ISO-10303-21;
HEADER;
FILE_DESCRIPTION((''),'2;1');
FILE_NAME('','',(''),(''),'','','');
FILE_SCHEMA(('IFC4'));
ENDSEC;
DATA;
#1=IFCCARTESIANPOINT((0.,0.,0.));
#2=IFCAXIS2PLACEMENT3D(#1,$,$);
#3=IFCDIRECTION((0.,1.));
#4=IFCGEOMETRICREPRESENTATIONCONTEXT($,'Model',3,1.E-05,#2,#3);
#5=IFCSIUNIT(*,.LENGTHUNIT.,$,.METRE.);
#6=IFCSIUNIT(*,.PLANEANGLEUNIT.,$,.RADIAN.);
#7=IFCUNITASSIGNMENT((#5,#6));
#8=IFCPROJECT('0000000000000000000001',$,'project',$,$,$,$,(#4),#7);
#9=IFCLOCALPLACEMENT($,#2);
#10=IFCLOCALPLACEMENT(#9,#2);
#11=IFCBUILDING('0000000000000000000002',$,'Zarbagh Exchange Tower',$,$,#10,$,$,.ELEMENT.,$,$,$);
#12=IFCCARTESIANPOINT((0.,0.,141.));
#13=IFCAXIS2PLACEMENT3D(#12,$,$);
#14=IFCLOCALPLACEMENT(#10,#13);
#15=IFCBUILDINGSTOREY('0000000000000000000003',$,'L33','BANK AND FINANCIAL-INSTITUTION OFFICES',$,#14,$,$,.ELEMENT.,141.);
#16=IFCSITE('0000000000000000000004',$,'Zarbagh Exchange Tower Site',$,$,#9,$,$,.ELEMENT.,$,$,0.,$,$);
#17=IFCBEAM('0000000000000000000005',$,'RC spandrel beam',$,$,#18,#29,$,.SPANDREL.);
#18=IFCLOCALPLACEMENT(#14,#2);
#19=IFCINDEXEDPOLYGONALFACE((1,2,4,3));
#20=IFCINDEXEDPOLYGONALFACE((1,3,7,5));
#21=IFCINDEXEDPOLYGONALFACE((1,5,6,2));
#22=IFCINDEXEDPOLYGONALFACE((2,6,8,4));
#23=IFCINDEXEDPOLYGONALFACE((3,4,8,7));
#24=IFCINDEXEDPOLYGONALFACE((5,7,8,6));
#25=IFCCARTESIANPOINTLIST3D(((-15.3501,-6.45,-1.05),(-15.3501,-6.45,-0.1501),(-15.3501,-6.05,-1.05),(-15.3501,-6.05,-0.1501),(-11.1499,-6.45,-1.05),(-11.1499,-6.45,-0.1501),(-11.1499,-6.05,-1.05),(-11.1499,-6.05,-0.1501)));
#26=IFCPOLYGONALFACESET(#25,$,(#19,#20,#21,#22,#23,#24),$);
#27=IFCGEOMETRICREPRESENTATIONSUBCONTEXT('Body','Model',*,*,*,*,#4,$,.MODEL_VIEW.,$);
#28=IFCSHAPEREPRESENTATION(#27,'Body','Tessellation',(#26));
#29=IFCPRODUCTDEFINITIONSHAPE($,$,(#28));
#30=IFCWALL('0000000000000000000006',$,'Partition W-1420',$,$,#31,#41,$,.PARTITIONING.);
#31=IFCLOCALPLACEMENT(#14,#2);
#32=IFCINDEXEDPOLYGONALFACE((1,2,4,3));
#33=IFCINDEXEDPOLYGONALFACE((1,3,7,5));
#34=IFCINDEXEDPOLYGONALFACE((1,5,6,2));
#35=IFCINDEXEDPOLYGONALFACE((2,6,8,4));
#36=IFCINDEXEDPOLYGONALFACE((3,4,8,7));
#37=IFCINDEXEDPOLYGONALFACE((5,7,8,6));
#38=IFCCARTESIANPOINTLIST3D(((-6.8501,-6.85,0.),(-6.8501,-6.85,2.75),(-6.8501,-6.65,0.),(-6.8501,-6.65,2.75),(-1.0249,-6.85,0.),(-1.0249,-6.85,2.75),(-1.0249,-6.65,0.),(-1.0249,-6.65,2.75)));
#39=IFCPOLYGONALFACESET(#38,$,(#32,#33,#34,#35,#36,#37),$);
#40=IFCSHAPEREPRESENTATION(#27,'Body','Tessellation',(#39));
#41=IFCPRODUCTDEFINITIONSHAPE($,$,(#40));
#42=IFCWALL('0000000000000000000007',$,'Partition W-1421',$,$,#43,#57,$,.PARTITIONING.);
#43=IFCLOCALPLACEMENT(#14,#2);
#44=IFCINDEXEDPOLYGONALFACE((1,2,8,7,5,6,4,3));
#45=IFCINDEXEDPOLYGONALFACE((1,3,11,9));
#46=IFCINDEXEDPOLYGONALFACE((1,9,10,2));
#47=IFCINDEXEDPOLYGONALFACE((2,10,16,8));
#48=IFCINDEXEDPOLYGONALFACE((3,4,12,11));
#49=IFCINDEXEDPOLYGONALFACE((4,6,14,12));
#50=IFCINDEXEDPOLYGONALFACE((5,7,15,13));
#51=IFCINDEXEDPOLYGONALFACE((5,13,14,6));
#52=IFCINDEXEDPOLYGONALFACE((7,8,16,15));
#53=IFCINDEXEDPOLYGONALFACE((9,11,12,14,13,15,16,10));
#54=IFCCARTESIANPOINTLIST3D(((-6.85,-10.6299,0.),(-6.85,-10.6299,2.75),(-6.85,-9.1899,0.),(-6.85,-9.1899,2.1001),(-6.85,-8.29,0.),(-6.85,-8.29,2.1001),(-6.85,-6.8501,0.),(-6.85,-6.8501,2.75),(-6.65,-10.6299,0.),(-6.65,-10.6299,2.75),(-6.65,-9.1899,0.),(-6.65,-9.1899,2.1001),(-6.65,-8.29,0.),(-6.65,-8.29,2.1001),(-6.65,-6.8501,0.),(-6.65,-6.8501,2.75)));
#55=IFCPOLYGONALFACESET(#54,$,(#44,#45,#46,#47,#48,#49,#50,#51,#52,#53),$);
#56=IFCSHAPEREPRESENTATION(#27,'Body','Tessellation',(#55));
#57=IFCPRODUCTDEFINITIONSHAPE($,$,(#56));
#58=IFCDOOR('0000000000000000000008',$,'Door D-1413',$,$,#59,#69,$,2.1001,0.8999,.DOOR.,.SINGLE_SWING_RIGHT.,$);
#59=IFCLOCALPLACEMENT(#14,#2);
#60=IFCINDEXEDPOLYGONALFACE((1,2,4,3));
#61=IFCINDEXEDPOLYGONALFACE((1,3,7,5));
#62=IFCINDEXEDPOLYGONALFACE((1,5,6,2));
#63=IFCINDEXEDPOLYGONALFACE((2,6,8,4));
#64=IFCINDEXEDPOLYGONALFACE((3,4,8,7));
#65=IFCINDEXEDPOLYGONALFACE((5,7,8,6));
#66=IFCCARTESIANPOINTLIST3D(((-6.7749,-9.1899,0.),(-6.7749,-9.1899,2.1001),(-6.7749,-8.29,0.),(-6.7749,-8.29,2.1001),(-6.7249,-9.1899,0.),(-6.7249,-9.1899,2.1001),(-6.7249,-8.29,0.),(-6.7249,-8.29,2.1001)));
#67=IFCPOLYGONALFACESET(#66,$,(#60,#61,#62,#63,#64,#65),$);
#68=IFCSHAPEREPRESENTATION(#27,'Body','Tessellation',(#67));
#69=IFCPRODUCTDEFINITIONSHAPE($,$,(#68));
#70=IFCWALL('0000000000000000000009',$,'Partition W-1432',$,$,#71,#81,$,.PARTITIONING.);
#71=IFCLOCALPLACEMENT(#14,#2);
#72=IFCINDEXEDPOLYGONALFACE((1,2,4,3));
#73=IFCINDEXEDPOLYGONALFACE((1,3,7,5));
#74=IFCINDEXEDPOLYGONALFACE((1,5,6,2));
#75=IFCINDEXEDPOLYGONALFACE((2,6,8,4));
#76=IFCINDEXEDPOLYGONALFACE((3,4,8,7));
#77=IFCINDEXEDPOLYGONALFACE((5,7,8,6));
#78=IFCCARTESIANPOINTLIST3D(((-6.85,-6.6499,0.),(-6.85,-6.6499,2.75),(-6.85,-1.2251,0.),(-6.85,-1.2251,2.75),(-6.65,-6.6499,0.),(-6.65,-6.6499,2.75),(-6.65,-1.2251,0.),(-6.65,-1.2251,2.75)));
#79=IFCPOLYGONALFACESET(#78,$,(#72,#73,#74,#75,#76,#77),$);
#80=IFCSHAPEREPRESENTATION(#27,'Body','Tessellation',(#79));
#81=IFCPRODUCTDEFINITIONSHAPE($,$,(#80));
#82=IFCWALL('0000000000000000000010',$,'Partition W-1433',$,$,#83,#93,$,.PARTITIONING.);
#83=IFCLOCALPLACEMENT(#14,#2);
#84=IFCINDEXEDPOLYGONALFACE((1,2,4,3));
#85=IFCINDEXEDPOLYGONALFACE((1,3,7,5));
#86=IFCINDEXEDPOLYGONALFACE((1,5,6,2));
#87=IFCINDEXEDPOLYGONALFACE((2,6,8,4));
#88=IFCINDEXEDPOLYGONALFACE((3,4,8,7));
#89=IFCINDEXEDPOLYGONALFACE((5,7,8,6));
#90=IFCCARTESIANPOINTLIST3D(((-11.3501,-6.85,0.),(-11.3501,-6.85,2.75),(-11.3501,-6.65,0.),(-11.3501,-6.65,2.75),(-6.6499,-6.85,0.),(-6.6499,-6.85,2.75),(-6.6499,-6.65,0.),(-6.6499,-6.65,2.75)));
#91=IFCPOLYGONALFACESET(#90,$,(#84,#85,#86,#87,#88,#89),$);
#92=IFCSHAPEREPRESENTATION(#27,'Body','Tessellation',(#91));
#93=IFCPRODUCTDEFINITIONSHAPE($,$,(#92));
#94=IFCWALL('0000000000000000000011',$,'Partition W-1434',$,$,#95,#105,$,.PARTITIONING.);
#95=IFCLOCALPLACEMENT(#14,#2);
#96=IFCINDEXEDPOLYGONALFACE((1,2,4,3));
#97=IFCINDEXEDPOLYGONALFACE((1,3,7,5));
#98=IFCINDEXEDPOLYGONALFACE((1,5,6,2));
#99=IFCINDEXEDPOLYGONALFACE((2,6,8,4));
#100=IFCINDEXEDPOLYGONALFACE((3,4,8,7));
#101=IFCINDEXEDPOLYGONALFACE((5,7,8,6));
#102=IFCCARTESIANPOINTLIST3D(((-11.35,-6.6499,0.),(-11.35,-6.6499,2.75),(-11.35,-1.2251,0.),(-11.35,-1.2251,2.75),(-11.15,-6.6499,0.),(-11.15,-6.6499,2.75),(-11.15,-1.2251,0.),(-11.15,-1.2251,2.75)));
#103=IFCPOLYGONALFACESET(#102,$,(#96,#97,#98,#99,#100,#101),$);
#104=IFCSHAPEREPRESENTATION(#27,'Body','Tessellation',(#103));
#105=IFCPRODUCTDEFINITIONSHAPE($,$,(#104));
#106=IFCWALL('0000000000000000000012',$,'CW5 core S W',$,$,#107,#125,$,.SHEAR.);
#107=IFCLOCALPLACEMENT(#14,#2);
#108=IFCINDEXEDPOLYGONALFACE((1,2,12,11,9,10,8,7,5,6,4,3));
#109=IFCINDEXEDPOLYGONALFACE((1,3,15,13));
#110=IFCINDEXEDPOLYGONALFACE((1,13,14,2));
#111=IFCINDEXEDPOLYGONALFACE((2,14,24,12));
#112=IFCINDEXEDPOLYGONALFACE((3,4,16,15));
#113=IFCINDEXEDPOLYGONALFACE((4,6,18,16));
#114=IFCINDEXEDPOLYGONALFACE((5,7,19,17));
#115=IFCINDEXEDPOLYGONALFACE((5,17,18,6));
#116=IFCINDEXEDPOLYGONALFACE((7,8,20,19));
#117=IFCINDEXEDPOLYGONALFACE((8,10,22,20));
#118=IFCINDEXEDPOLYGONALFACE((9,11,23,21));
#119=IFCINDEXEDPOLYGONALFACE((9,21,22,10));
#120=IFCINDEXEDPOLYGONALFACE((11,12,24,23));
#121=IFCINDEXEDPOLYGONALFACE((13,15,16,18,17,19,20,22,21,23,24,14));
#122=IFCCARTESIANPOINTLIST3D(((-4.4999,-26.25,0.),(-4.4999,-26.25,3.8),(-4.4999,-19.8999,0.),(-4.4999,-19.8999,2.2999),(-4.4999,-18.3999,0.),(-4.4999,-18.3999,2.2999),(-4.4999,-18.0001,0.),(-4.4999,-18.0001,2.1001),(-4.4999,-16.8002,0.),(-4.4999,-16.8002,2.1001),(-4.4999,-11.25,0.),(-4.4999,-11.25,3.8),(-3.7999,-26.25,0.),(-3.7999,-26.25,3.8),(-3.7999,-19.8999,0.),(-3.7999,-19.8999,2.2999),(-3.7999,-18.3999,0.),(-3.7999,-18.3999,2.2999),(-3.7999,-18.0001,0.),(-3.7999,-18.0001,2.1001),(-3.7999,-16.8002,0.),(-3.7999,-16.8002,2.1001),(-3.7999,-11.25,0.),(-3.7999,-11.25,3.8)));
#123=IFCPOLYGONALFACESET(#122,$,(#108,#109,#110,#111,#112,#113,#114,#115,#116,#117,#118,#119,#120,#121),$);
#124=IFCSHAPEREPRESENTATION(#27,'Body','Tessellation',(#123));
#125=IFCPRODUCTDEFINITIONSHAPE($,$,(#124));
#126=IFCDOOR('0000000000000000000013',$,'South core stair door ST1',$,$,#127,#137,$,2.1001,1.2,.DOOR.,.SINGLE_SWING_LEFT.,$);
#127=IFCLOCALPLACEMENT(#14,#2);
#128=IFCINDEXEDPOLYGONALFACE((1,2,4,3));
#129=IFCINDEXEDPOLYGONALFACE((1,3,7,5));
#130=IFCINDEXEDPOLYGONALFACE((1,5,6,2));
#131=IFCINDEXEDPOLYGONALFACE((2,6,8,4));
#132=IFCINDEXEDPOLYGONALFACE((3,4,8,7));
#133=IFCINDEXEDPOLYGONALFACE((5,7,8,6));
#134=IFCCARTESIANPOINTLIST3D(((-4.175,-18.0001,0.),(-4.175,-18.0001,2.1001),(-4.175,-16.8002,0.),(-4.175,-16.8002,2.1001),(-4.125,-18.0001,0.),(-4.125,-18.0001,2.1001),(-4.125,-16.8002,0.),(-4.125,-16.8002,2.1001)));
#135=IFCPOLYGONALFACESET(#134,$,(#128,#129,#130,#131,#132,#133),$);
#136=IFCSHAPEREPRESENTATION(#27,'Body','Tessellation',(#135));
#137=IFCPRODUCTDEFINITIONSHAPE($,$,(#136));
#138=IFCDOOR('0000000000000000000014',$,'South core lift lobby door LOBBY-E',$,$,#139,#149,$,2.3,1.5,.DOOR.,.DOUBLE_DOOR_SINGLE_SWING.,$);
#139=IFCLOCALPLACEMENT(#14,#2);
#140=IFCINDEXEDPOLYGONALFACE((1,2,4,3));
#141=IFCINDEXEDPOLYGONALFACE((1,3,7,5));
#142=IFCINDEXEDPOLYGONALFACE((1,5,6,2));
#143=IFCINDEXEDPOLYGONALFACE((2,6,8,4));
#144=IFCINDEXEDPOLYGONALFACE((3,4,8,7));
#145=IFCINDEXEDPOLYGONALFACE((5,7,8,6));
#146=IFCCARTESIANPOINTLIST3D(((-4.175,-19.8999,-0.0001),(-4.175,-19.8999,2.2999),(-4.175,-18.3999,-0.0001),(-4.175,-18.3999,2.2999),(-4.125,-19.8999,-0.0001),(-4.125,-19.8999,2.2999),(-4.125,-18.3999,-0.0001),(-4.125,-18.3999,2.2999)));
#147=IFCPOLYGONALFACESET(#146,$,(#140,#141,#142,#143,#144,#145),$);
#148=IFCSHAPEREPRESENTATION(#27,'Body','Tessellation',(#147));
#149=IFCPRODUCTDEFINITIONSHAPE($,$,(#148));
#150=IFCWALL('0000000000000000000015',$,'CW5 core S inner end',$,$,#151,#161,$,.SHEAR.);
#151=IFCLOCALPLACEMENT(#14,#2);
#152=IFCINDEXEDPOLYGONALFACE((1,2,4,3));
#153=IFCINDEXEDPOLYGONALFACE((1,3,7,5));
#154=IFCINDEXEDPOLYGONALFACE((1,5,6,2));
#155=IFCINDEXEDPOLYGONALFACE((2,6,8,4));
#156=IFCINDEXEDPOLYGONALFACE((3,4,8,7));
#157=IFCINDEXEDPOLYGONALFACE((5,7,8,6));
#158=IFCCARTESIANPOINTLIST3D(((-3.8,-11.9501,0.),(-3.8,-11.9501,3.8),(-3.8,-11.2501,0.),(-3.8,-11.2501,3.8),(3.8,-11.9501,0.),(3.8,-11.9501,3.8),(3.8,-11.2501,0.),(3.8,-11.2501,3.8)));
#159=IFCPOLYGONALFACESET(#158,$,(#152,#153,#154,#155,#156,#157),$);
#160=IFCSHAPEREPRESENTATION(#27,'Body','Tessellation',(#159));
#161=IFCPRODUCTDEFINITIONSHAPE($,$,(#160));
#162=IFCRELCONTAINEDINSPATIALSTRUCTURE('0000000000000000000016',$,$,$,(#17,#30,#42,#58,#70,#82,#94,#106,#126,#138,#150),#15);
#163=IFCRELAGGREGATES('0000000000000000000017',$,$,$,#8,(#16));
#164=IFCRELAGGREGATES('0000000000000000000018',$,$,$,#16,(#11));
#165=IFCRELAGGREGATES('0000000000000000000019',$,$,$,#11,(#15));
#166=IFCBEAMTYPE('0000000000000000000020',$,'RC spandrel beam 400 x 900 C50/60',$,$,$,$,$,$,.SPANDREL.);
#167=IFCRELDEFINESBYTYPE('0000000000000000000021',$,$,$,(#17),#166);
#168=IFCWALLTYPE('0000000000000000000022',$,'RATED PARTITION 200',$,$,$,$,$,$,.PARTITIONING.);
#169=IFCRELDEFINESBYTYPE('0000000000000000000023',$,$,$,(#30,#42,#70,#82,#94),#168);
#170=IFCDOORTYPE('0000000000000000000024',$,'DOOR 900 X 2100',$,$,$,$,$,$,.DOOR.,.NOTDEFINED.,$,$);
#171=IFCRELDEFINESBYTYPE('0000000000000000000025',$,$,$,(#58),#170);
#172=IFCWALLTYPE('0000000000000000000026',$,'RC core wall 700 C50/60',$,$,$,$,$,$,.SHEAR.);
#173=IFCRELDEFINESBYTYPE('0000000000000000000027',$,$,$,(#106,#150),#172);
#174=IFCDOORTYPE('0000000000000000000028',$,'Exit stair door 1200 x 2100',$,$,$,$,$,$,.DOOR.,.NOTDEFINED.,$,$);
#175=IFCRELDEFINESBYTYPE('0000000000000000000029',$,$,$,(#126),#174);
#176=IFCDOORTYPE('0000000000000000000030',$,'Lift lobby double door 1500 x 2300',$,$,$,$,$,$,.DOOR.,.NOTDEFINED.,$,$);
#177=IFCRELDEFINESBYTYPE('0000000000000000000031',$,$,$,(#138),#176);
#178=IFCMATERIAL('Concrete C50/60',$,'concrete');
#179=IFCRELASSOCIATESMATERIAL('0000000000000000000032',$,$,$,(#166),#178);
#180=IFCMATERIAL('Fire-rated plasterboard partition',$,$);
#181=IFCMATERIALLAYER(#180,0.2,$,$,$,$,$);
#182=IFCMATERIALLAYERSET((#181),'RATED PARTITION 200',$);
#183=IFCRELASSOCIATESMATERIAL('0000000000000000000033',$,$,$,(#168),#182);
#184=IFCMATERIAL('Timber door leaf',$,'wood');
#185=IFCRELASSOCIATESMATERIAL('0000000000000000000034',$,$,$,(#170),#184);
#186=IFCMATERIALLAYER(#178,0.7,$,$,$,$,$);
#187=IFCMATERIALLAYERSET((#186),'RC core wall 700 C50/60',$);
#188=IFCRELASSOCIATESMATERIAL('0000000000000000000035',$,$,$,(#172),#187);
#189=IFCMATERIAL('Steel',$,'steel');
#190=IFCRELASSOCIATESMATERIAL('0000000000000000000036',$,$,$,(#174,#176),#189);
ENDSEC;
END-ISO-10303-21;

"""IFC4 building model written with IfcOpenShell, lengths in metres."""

from ifc_helpers import new_model, si_unit, direction, frame, frame_2d, origin, origin_2d, place, context, subcontext, project, spatial, rectangle, extrude, material, layer, layer_set, material_profile, profile_set, type_object, element, fill, save


model = new_model("IFC4")

# Units and contexts
model_context = context("Model", 3, precision=1e-05, world=origin(), true_north=direction((0.0, 1.0)))
body_context = subcontext(model_context, "Body", "Model", "MODEL_VIEW")
ifc_project = project(units=[si_unit("LENGTHUNIT", "METRE"), si_unit("PLANEANGLEUNIT", "RADIAN")], contexts=[model_context])

# Site, building, storey
site_placement = place(None, origin())
site = spatial("IfcSite", under=ifc_project, at=site_placement, Name="Zarbagh Exchange Tower Site", CompositionType="ELEMENT", RefElevation=0.0)
building_placement = place(site_placement, origin())
building = spatial("IfcBuilding", under=site, at=building_placement, Name="Zarbagh Exchange Tower", CompositionType="ELEMENT")
storey_placement = place(building_placement, frame((0.0, 0.0, 141.0)))
storey = spatial("IfcBuildingStorey", under=building, at=storey_placement, Name="L33", Description="BANK AND FINANCIAL-INSTITUTION OFFICES", CompositionType="ELEMENT", Elevation=141.0)

# Shared definitions
ifc_material_1 = material(Name="Concrete C50/60", Category="concrete")

# Beam
ifc_material_profile_1 = material_profile(ifc_material_1, rectangle(XDim=0.3999, YDim=0.8999, at=origin_2d()), Name="RC spandrel beam 400 x 900 C50/60")
ifc_profile_set_1 = profile_set([ifc_material_profile_1], Name="Concrete C50/60")
beam_type = type_object("IfcBeamType", Name="RC spandrel beam 400 x 900 C50/60", PredefinedType="SPANDREL", material=ifc_profile_set_1)
beam_1_placement = place(storey_placement, frame((-11.1499, -6.25, -0.6001), z_axis=(-1.0, 0.0, 0.0), x_axis=(0.0, -1.0, 0.0)))
element("IfcBeam", 1, at=beam_1_placement, inside=storey, type_object=beam_type, Name="RC spandrel beam", PredefinedType="SPANDREL", context=body_context, shape_type="SweptSolid", body=[
    extrude(rectangle(XDim=0.3999, YDim=0.8999, at=origin_2d()), origin(), (0.0, 0.0, 1.0), 4.2002),
])

# Wall
ifc_material_2 = material(Name="Fire-rated plasterboard partition")
ifc_layer_1 = layer(ifc_material_2, 0.2)
ifc_layer_set_1 = layer_set([ifc_layer_1], Name="RATED PARTITION 200")
wall_type_1 = type_object("IfcWallType", Name="RATED PARTITION 200", PredefinedType="PARTITIONING", material=ifc_layer_set_1)
wall_1_placement = place(storey_placement, frame((-6.8501, -6.75, 0.0), z_axis=(0.0, 0.0, 1.0), x_axis=(1.0, 0.0, 0.0)))
element("IfcWall", 2, at=wall_1_placement, inside=storey, type_object=wall_type_1, Name="Partition W-1420", PredefinedType="PARTITIONING", context=body_context, shape_type="SweptSolid", body=[
    extrude(rectangle(XDim=5.8252, YDim=0.2, at=frame_2d((2.9126, 0.0))), origin(), (0.0, 0.0, 1.0), 2.75),
])

# Wall, opening, door
wall_2_placement = place(storey_placement, frame((-6.75, -10.6299, 0.0), z_axis=(0.0, 0.0, 1.0), x_axis=(0.0, 1.0, 0.0)))
wall_2 = element("IfcWall", 3, at=wall_2_placement, inside=storey, type_object=wall_type_1, Name="Partition W-1421", PredefinedType="PARTITIONING", context=body_context, shape_type="SweptSolid", body=[
    extrude(rectangle(XDim=3.7798, YDim=0.2, at=frame_2d((1.8899, 0.0))), origin(), (0.0, 0.0, 1.0), 2.75),
])
opening_1_placement = place(wall_2_placement, frame((1.4399, 0.0, 0.0)))
opening_1 = element("IfcOpeningElement", 4, at=opening_1_placement, cuts=wall_2, PredefinedType="OPENING", context=body_context, shape_type="SweptSolid", body=[
    extrude(rectangle(XDim=0.8999, YDim=2.1001, at=frame_2d((0.45, 1.05))), frame((0.0, 0.1099, 0.0), z_axis=(0.0, -1.0, 0.0), x_axis=(1.0, 0.0, 0.0)), (0.0, 0.0, 1.0), 0.22),
])
ifc_material_3 = material(Name="Timber door leaf", Category="wood")
door_type_1 = type_object("IfcDoorType", Name="DOOR 900 X 2100", OperationType="NOTDEFINED", PredefinedType="DOOR", material=ifc_material_3)
door_1_placement = place(opening_1_placement, origin())
door_1 = element("IfcDoor", 5, at=door_1_placement, inside=storey, type_object=door_type_1, Name="Door D-1413", OperationType="SINGLE_SWING_RIGHT", OverallHeight=2.1001, OverallWidth=0.8999, PredefinedType="DOOR", context=body_context, shape_type="SweptSolid", body=[
    extrude(rectangle(XDim=0.8999, YDim=2.1001, at=frame_2d((0.45, 1.05))), frame((0.0, 0.0249, 0.0), z_axis=(0.0, -1.0, 0.0), x_axis=(1.0, 0.0, 0.0)), (0.0, 0.0, 1.0), 0.05),
])
fill(opening_1, door_1)

# Walls
wall_3_placement = place(storey_placement, frame((-6.75, -6.6499, 0.0), z_axis=(0.0, 0.0, 1.0), x_axis=(0.0, 1.0, 0.0)))
element("IfcWall", 6, at=wall_3_placement, inside=storey, type_object=wall_type_1, Name="Partition W-1432", PredefinedType="PARTITIONING", context=body_context, shape_type="SweptSolid", body=[
    extrude(rectangle(XDim=5.4248, YDim=0.2, at=frame_2d((2.7124, 0.0))), origin(), (0.0, 0.0, 1.0), 2.75),
])
wall_4_placement = place(storey_placement, frame((-11.3501, -6.75, 0.0), z_axis=(0.0, 0.0, 1.0), x_axis=(1.0, 0.0, 0.0)))
element("IfcWall", 7, at=wall_4_placement, inside=storey, type_object=wall_type_1, Name="Partition W-1433", PredefinedType="PARTITIONING", context=body_context, shape_type="SweptSolid", body=[
    extrude(rectangle(XDim=4.7002, YDim=0.2, at=frame_2d((2.3501, 0.0))), origin(), (0.0, 0.0, 1.0), 2.75),
])
wall_5_placement = place(storey_placement, frame((-11.25, -6.6499, 0.0), z_axis=(0.0, 0.0, 1.0), x_axis=(0.0, 1.0, 0.0)))
element("IfcWall", 8, at=wall_5_placement, inside=storey, type_object=wall_type_1, Name="Partition W-1434", PredefinedType="PARTITIONING", context=body_context, shape_type="SweptSolid", body=[
    extrude(rectangle(XDim=5.4248, YDim=0.2, at=frame_2d((2.7124, 0.0))), origin(), (0.0, 0.0, 1.0), 2.75),
])

# Wall, openings, doors
ifc_layer_2 = layer(ifc_material_1, 0.7)
ifc_layer_set_2 = layer_set([ifc_layer_2], Name="RC core wall 700 C50/60")
wall_type_2 = type_object("IfcWallType", Name="RC core wall 700 C50/60", PredefinedType="SHEAR", material=ifc_layer_set_2)
wall_6_placement = place(storey_placement, frame((-4.1499, -11.25, 0.0), z_axis=(0.0, 0.0, 1.0), x_axis=(0.0, -1.0, 0.0)))
wall_6 = element("IfcWall", 9, at=wall_6_placement, inside=storey, type_object=wall_type_2, Name="CW5 core S W", PredefinedType="SHEAR", context=body_context, shape_type="SweptSolid", body=[
    extrude(rectangle(XDim=15.0, YDim=0.7, at=frame_2d((7.5, 0.0))), origin(), (0.0, 0.0, 1.0), 3.8),
])
opening_2_placement = place(wall_6_placement, frame((7.1499, 0.0, 0.0)))
opening_2 = element("IfcOpeningElement", 10, at=opening_2_placement, cuts=wall_6, PredefinedType="OPENING", context=body_context, shape_type="SweptSolid", body=[
    extrude(rectangle(XDim=1.5, YDim=2.3, at=frame_2d((0.75, 1.1499))), frame((0.0, 0.3599, 0.0), z_axis=(0.0, -1.0, 0.0), x_axis=(1.0, 0.0, 0.0)), (0.0, 0.0, 1.0), 0.72),
])
opening_3_placement = place(wall_6_placement, frame((5.55, 0.0, 0.0)))
opening_3 = element("IfcOpeningElement", 11, at=opening_3_placement, cuts=wall_6, PredefinedType="OPENING", context=body_context, shape_type="SweptSolid", body=[
    extrude(rectangle(XDim=1.2, YDim=2.1001, at=frame_2d((0.6001, 1.05))), frame((0.0, 0.3599, 0.0), z_axis=(0.0, -1.0, 0.0), x_axis=(1.0, 0.0, 0.0)), (0.0, 0.0, 1.0), 0.72),
])
ifc_material_4 = material(Name="Steel", Category="steel")
door_type_2 = type_object("IfcDoorType", Name="Exit stair door 1200 x 2100", OperationType="NOTDEFINED", PredefinedType="DOOR", material=ifc_material_4)
door_2_placement = place(opening_3_placement, origin())
door_2 = element("IfcDoor", 12, at=door_2_placement, inside=storey, type_object=door_type_2, Name="South core stair door ST1", OperationType="SINGLE_SWING_LEFT", OverallHeight=2.1001, OverallWidth=1.2, PredefinedType="DOOR", context=body_context, shape_type="SweptSolid", body=[
    extrude(rectangle(XDim=1.2, YDim=2.1001, at=frame_2d((0.6001, 1.05))), frame((0.0, 0.0249, 0.0), z_axis=(0.0, -1.0, 0.0), x_axis=(1.0, 0.0, 0.0)), (0.0, 0.0, 1.0), 0.05),
])
fill(opening_3, door_2)
door_type_3 = type_object("IfcDoorType", Name="Lift lobby double door 1500 x 2300", OperationType="NOTDEFINED", PredefinedType="DOOR", material=ifc_material_4)
door_3_placement = place(opening_2_placement, origin())
door_3 = element("IfcDoor", 13, at=door_3_placement, inside=storey, type_object=door_type_3, Name="South core lift lobby door LOBBY-E", OperationType="DOUBLE_DOOR_SINGLE_SWING", OverallHeight=2.3, OverallWidth=1.5, PredefinedType="DOOR", context=body_context, shape_type="SweptSolid", body=[
    extrude(rectangle(XDim=1.5, YDim=2.3, at=frame_2d((0.75, 1.1499))), frame((0.0, 0.0249, 0.0), z_axis=(0.0, -1.0, 0.0), x_axis=(1.0, 0.0, 0.0)), (0.0, 0.0, 1.0), 0.05),
])
fill(opening_2, door_3)

# Wall
wall_7_placement = place(storey_placement, frame((-3.8, -11.6001, 0.0), z_axis=(0.0, 0.0, 1.0), x_axis=(1.0, 0.0, 0.0)))
element("IfcWall", 14, at=wall_7_placement, inside=storey, type_object=wall_type_2, Name="CW5 core S inner end", PredefinedType="SHEAR", context=body_context, shape_type="SweptSolid", body=[
    extrude(rectangle(XDim=7.6001, YDim=0.7, at=frame_2d((3.8, 0.0))), origin(), (0.0, 0.0, 1.0), 3.8),
])

save(model, "model.ifc")
